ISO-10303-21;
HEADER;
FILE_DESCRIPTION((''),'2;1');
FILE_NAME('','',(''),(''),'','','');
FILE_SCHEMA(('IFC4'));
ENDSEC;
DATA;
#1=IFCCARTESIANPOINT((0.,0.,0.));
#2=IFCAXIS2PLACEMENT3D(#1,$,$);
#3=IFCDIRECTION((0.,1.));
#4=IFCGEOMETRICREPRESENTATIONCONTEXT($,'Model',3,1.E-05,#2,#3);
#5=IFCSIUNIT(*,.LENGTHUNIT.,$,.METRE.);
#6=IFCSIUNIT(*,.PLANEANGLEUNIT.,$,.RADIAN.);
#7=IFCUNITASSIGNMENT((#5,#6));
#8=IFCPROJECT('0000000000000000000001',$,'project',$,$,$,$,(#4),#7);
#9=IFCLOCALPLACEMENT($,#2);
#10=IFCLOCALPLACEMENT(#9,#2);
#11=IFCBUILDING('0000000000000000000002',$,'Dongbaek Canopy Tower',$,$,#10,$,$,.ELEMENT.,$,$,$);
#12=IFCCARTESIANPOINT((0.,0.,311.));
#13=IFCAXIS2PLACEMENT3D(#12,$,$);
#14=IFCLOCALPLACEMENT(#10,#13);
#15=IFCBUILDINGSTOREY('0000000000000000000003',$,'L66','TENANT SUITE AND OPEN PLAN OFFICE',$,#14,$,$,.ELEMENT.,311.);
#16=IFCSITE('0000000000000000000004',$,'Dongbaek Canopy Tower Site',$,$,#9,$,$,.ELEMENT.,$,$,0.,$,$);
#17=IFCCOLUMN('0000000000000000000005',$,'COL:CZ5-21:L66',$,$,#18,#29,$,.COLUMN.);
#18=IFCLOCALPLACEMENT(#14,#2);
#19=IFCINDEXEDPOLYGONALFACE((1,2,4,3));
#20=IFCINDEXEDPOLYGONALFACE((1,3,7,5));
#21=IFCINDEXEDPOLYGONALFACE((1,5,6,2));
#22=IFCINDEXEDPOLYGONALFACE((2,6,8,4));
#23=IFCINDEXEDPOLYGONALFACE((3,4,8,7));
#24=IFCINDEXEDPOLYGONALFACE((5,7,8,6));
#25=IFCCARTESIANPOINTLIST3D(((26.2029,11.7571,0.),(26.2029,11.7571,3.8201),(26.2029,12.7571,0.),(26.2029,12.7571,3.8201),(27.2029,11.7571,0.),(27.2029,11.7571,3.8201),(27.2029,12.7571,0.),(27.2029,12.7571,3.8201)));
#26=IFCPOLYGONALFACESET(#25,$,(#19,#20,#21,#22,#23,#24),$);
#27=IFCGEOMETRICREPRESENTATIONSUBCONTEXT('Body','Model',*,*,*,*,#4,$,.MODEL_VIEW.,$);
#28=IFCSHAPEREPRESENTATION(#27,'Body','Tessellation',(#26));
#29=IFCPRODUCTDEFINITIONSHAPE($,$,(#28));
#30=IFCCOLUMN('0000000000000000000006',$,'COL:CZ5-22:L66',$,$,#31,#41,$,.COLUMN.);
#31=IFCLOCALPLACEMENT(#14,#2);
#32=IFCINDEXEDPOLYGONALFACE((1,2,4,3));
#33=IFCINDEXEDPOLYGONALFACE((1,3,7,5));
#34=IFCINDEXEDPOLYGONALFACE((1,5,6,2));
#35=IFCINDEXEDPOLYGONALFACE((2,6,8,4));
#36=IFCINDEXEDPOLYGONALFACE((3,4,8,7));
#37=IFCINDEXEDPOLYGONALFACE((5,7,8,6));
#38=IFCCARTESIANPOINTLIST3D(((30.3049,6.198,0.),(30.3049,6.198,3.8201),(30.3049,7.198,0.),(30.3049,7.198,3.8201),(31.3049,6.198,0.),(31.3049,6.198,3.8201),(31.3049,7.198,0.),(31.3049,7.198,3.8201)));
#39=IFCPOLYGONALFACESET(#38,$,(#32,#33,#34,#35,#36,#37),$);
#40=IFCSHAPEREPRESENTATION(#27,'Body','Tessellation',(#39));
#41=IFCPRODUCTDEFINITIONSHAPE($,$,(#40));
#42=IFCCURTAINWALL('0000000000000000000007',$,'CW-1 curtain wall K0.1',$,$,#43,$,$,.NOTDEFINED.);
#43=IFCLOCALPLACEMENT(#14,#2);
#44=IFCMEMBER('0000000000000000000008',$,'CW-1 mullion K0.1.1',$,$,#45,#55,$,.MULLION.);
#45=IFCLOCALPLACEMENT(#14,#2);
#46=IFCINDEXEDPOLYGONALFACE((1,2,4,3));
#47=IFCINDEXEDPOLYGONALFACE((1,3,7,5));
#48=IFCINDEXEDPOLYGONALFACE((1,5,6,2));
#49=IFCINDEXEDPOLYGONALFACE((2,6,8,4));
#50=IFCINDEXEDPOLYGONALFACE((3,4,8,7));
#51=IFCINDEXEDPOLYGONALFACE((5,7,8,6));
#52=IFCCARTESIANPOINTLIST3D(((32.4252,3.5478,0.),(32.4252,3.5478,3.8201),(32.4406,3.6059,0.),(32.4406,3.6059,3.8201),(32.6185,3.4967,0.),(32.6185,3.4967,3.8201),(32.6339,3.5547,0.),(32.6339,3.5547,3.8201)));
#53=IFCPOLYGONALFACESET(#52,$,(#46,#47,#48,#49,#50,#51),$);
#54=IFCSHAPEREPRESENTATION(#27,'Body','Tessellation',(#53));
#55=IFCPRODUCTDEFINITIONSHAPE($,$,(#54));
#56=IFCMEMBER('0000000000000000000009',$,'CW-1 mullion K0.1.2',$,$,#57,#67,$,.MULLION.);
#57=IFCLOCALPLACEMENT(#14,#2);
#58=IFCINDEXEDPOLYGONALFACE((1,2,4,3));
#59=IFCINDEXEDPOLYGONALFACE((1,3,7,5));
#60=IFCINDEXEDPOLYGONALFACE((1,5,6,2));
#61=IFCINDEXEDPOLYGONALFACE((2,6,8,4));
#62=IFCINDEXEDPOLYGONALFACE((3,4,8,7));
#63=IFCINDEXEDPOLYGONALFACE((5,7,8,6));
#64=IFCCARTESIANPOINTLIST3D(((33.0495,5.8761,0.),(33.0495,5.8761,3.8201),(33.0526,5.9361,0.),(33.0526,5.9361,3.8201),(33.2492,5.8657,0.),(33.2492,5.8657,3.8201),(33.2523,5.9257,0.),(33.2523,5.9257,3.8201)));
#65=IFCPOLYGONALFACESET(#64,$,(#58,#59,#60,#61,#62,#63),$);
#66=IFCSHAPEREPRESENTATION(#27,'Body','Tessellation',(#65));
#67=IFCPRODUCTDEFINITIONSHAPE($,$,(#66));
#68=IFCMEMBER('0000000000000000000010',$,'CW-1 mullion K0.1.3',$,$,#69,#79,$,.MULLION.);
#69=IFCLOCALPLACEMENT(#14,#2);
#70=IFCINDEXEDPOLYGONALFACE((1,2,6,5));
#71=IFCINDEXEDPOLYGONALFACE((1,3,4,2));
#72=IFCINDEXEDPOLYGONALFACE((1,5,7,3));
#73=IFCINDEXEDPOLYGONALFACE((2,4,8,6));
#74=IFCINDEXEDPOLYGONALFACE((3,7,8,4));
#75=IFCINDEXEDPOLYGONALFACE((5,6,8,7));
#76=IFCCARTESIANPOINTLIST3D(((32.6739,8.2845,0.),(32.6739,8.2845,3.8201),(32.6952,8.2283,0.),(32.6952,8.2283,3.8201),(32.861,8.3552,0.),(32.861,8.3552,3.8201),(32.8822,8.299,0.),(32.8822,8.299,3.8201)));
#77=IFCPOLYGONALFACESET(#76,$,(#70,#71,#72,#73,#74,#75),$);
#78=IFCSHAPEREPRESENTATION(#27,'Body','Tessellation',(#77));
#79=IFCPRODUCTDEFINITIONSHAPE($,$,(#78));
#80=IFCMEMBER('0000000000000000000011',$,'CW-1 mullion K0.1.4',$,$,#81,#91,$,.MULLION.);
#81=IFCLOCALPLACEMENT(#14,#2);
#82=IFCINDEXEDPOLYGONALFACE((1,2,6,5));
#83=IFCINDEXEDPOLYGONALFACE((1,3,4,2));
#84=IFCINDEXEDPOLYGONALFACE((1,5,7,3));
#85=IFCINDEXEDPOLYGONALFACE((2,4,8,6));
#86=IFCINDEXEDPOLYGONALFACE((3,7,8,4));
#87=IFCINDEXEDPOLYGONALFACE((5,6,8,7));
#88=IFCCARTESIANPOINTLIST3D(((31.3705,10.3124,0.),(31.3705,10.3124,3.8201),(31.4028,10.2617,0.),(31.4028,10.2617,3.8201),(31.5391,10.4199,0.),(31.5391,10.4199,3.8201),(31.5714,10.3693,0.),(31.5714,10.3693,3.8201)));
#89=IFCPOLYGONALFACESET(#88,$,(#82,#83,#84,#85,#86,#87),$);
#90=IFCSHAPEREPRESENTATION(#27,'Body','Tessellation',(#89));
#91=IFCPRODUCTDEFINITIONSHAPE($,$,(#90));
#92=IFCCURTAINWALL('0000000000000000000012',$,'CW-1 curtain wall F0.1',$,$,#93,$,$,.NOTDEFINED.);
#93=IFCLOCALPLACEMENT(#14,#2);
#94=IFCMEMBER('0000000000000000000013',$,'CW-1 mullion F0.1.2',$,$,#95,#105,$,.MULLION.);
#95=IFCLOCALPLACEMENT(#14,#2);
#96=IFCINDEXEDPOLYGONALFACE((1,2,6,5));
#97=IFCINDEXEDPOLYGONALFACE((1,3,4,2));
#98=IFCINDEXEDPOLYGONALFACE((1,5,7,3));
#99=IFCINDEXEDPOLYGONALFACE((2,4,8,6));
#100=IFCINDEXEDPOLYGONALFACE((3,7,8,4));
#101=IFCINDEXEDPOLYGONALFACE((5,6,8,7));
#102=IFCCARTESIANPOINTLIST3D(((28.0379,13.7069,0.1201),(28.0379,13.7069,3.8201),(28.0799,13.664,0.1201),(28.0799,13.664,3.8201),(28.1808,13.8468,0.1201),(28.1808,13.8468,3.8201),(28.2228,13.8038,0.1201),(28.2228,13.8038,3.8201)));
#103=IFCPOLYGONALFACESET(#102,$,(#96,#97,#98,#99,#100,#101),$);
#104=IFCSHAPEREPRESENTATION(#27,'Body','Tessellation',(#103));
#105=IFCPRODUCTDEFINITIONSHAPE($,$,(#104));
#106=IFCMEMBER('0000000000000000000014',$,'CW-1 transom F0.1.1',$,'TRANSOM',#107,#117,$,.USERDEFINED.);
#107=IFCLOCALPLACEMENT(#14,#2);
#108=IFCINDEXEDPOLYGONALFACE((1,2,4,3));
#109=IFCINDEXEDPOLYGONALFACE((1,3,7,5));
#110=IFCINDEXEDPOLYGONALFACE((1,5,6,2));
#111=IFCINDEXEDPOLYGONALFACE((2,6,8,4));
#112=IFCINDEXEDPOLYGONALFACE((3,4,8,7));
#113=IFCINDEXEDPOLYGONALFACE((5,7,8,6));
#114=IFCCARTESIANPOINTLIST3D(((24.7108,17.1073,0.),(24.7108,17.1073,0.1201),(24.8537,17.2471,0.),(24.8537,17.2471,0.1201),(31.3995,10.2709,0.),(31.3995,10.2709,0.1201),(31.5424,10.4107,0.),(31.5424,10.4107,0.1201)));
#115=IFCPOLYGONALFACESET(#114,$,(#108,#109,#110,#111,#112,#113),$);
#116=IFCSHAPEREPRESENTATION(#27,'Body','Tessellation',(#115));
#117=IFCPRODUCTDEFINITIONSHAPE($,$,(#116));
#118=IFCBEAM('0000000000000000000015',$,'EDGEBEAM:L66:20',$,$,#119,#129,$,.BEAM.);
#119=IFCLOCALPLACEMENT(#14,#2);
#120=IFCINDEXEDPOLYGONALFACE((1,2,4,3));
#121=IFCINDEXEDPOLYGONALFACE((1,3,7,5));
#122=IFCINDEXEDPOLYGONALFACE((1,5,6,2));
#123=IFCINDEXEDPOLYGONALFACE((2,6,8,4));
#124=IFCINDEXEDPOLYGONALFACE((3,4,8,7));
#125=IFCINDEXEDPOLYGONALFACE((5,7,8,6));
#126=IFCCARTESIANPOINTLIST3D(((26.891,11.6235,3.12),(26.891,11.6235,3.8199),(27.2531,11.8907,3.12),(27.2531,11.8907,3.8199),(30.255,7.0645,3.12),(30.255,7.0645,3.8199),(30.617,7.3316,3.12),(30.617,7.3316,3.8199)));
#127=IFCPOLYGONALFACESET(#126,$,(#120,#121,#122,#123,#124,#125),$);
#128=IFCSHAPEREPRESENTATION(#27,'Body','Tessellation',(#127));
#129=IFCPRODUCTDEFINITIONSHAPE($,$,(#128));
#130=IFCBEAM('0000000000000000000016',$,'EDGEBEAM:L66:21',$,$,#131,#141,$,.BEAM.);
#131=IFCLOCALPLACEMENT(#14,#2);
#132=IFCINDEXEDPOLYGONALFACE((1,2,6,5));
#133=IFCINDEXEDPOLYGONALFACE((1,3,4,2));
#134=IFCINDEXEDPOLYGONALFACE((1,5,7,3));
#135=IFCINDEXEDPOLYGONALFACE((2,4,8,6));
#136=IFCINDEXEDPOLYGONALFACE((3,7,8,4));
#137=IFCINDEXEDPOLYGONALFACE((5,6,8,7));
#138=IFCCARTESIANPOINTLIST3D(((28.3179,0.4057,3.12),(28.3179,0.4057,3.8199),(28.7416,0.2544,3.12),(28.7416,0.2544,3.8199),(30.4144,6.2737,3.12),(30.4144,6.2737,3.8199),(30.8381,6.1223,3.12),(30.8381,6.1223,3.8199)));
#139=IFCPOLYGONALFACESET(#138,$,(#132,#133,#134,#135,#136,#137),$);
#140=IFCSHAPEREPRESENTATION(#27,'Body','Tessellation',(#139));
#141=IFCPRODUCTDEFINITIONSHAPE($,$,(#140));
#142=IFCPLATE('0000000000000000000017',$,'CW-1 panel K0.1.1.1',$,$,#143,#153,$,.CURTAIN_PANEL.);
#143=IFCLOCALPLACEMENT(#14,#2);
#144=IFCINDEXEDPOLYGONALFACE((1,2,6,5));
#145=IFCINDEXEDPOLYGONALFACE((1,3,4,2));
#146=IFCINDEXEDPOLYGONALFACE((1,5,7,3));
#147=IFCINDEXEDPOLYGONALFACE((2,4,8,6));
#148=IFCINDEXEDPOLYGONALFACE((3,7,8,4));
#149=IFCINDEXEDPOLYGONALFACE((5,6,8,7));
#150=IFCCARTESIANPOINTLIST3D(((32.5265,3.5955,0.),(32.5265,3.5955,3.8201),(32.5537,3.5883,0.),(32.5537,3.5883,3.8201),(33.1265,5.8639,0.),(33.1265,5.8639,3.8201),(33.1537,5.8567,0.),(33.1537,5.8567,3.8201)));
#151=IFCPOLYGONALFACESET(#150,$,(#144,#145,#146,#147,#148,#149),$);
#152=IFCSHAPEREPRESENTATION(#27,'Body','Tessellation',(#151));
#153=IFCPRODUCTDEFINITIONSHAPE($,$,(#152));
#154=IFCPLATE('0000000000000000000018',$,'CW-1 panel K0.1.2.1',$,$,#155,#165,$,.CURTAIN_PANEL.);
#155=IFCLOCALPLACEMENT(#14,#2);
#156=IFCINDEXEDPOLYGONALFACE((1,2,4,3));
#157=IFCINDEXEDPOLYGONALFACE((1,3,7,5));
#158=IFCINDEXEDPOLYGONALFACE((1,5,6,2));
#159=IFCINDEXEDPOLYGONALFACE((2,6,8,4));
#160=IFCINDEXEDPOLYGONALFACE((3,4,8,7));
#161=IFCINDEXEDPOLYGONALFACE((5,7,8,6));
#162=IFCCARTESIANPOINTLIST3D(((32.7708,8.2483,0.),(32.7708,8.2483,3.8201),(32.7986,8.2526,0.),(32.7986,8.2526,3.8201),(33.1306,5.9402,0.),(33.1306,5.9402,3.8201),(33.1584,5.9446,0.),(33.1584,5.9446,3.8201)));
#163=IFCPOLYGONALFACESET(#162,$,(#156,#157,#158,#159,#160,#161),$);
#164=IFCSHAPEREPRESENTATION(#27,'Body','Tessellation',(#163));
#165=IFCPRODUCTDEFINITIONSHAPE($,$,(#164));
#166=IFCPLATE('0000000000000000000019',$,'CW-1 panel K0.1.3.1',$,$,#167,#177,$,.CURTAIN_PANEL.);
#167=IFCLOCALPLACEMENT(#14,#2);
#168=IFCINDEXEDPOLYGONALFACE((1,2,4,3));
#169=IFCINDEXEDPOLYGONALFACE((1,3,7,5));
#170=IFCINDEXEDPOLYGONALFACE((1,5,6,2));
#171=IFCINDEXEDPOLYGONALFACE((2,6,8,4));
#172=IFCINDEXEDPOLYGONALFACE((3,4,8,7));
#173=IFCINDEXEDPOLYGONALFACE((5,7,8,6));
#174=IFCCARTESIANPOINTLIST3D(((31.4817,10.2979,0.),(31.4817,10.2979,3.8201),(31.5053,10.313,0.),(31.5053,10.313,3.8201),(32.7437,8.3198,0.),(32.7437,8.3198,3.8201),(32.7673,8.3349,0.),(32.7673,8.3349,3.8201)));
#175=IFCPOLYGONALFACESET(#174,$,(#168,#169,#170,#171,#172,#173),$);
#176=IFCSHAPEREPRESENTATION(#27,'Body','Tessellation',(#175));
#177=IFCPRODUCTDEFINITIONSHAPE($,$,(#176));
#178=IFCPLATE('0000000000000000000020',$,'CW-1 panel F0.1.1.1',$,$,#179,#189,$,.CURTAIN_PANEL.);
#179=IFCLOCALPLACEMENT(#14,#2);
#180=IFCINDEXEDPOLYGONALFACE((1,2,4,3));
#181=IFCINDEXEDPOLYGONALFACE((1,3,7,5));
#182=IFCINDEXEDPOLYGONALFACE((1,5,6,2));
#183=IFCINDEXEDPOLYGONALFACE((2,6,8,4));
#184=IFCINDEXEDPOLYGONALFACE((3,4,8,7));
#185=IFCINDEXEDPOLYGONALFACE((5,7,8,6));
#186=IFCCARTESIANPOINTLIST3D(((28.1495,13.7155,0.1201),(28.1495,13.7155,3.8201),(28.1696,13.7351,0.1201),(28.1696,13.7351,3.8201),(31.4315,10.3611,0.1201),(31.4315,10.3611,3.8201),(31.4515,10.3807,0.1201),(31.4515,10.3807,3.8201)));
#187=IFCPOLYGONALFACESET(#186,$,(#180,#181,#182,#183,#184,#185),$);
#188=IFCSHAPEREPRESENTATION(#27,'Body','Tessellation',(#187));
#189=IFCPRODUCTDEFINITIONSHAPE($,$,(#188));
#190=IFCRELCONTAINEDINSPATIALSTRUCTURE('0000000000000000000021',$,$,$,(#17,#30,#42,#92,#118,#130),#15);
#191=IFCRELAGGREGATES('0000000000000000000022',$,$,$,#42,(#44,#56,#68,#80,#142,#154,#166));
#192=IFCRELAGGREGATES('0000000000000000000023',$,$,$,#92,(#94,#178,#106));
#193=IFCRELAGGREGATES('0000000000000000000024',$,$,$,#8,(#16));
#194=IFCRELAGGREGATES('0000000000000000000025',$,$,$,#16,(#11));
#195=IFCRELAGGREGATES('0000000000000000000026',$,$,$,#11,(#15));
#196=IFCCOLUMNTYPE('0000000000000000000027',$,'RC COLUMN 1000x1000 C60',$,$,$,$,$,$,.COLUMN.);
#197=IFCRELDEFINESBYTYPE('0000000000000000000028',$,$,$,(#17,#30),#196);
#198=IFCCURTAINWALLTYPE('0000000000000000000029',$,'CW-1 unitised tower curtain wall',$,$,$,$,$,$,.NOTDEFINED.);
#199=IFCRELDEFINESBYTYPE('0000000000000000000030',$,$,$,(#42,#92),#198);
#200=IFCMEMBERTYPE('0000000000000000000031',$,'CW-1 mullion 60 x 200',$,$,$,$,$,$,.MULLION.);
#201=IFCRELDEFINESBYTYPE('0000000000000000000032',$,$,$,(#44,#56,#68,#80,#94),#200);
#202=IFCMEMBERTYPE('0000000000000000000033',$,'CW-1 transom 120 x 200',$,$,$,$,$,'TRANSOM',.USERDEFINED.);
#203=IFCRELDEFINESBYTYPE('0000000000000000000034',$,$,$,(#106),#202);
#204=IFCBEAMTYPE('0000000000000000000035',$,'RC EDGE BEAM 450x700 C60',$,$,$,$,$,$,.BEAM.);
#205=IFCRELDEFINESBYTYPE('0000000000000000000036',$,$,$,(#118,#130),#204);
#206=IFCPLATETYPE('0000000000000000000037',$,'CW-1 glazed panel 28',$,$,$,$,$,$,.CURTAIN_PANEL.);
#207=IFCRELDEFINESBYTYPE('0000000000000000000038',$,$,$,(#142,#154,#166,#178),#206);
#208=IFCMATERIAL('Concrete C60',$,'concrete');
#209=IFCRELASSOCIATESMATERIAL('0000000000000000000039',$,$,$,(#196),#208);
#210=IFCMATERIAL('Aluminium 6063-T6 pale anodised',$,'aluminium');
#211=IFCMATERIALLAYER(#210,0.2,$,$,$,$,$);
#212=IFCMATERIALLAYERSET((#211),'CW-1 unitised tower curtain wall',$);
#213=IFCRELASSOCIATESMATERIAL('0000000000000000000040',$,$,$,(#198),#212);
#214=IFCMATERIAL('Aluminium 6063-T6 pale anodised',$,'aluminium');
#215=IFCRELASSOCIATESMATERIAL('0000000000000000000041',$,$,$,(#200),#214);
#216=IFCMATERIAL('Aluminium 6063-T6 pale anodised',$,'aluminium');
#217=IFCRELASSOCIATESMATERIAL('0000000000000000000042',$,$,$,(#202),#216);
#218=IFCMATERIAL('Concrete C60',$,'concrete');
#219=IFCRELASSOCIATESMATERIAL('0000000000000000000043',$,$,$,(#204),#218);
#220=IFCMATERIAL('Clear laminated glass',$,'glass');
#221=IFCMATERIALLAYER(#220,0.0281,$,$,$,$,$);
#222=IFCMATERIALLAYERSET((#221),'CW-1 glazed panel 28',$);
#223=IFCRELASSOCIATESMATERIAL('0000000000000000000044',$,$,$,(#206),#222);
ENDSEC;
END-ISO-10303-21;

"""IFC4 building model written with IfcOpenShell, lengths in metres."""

from ifc_helpers import new_model, si_unit, direction, frame, origin, origin_2d, place, context, subcontext, project, spatial, rectangle, extrude, material, layer, layer_set, material_profile, profile_set, type_object, element, aggregate, save


model = new_model("IFC4")

# Units and contexts
model_context = context("Model", 3, precision=1e-05, world=origin(), true_north=direction((0.0, 1.0)))
body_context = subcontext(model_context, "Body", "Model", "MODEL_VIEW")
ifc_project = project(units=[si_unit("LENGTHUNIT", "METRE"), si_unit("PLANEANGLEUNIT", "RADIAN")], contexts=[model_context])

# Site, building, storey
site_placement = place(None, origin())
site = spatial("IfcSite", under=ifc_project, at=site_placement, Name="Dongbaek Canopy Tower Site", CompositionType="ELEMENT", RefElevation=0.0)
building_placement = place(site_placement, origin())
building = spatial("IfcBuilding", under=site, at=building_placement, Name="Dongbaek Canopy Tower", CompositionType="ELEMENT")
storey_placement = place(building_placement, frame((0.0, 0.0, 311.0)))
storey = spatial("IfcBuildingStorey", under=building, at=storey_placement, Name="L66", Description="TENANT SUITE AND OPEN PLAN OFFICE", CompositionType="ELEMENT", Elevation=311.0)

# Columns
ifc_material_1 = material(Name="Concrete C60", Category="concrete")
ifc_material_profile_1 = material_profile(ifc_material_1, rectangle(XDim=1.0, YDim=1.0, at=origin_2d()), Name="RC COLUMN 1000x1000 C60")
ifc_profile_set_1 = profile_set([ifc_material_profile_1], Name="Concrete C60")
column_type = type_object("IfcColumnType", Name="RC COLUMN 1000x1000 C60", PredefinedType="COLUMN", material=ifc_profile_set_1)
for number, where, z_axis, x_axis, name in (
    (1, (26.7029, 12.2571, 0.0), (0.0, 0.0, 1.0), (1.0, 0.0, 0.0), "COL:CZ5-21:L66"),
    (2, (30.8049, 6.698, 0.0), (0.0, 0.0, 1.0), (1.0, 0.0, 0.0), "COL:CZ5-22:L66"),
):
    element("IfcColumn", number, at=place(storey_placement, frame(where, z_axis=z_axis, x_axis=x_axis)), inside=storey, type_object=column_type, Name=name, PredefinedType="COLUMN", context=body_context, shape_type="SweptSolid", body=[
        extrude(rectangle(XDim=1.0, YDim=1.0, at=origin_2d()), origin(), (0.0, 0.0, 1.0), 3.8201),
    ])

# Curtain walls, members
ifc_material_2 = material(Name="Aluminium 6063-T6 pale anodised", Category="aluminium")
ifc_layer_1 = layer(ifc_material_2, 0.2)
ifc_layer_set_1 = layer_set([ifc_layer_1], Name="CW-1 unitised tower curtain wall")
curtain_wall_type = type_object("IfcCurtainWallType", Name="CW-1 unitised tower curtain wall", PredefinedType="NOTDEFINED", material=ifc_layer_set_1)
curtain_wall_1_placement = place(storey_placement, origin())
curtain_wall_1 = element("IfcCurtainWall", 3, at=curtain_wall_1_placement, inside=storey, type_object=curtain_wall_type, Name="CW-1 curtain wall K0.1", PredefinedType="NOTDEFINED")
ifc_material_3 = material(Name="Aluminium 6063-T6 pale anodised", Category="aluminium")
ifc_material_profile_2 = material_profile(ifc_material_3, rectangle(XDim=0.2, YDim=0.0601, at=origin_2d()), Name="CW-1 mullion 60 x 200")
ifc_profile_set_2 = profile_set([ifc_material_profile_2], Name="Aluminium 6063-T6 pale anodised")
member_type_1 = type_object("IfcMemberType", Name="CW-1 mullion 60 x 200", PredefinedType="MULLION", material=ifc_profile_set_2)
member_1_placement = place(storey_placement, frame((32.5295, 3.5513, 0.0), z_axis=(0.0, 0.0, 1.0), x_axis=(0.966753, -0.255711, 0.0)))
member_1 = element("IfcMember", 4, at=member_1_placement, type_object=member_type_1, Name="CW-1 mullion K0.1.1", PredefinedType="MULLION", context=body_context, shape_type="SweptSolid", body=[
    extrude(rectangle(XDim=0.2, YDim=0.0601, at=origin_2d()), origin(), (0.0, 0.0, 1.0), 3.8201),
])
member_2_placement = place(storey_placement, frame((33.1509, 5.9009, 0.0), z_axis=(0.0, 0.0, 1.0), x_axis=(0.99865, -0.051945, 0.0)))
member_2 = element("IfcMember", 5, at=member_2_placement, type_object=member_type_1, Name="CW-1 mullion K0.1.2", PredefinedType="MULLION", context=body_context, shape_type="SweptSolid", body=[
    extrude(rectangle(XDim=0.2, YDim=0.0601, at=origin_2d()), origin(), (0.0, 0.0, 1.0), 3.8201),
])
member_3_placement = place(storey_placement, frame((32.7781, 8.2917, 0.0), z_axis=(0.0, 0.0, 1.0), x_axis=(0.935453, 0.353452, 0.0)))
member_3 = element("IfcMember", 6, at=member_3_placement, type_object=member_type_1, Name="CW-1 mullion K0.1.3", PredefinedType="MULLION", context=body_context, shape_type="SweptSolid", body=[
    extrude(rectangle(XDim=0.2, YDim=0.0601, at=origin_2d()), origin(), (0.0, 0.0, 1.0), 3.8201),
])
member_4_placement = place(storey_placement, frame((31.4709, 10.3408, 0.0), z_axis=(0.0, 0.0, 1.0), x_axis=(0.843047, 0.53784, 0.0)))
member_4 = element("IfcMember", 7, at=member_4_placement, type_object=member_type_1, Name="CW-1 mullion K0.1.4", PredefinedType="MULLION", context=body_context, shape_type="SweptSolid", body=[
    extrude(rectangle(XDim=0.2, YDim=0.0601, at=origin_2d()), origin(), (0.0, 0.0, 1.0), 3.8201),
])
curtain_wall_2_placement = place(storey_placement, origin())
curtain_wall_2 = element("IfcCurtainWall", 8, at=curtain_wall_2_placement, inside=storey, type_object=curtain_wall_type, Name="CW-1 curtain wall F0.1", PredefinedType="NOTDEFINED")
member_5_placement = place(storey_placement, frame((28.1304, 13.7554, 0.1201), z_axis=(0.0, 0.0, 1.0), x_axis=(0.71478, 0.699349, 0.0)))
member_5 = element("IfcMember", 9, at=member_5_placement, type_object=member_type_1, Name="CW-1 mullion F0.1.2", PredefinedType="MULLION", context=body_context, shape_type="SweptSolid", body=[
    extrude(rectangle(XDim=0.2, YDim=0.0601, at=origin_2d()), origin(), (0.0, 0.0, 1.0), 3.7),
])
ifc_material_4 = material(Name="Aluminium 6063-T6 pale anodised", Category="aluminium")
ifc_material_profile_3 = material_profile(ifc_material_4, rectangle(XDim=0.2, YDim=0.1201, at=origin_2d()), Name="CW-1 transom 120 x 200")
ifc_profile_set_3 = profile_set([ifc_material_profile_3], Name="Aluminium 6063-T6 pale anodised")
member_type_2 = type_object("IfcMemberType", Name="CW-1 transom 120 x 200", ElementType="TRANSOM", PredefinedType="USERDEFINED", material=ifc_profile_set_3)
member_6_placement = place(storey_placement, frame((31.4709, 10.3408, 0.0601), z_axis=(-0.699343, 0.714786, 0.0), x_axis=(-0.714786, -0.699343, 0.0)))
member_6 = element("IfcMember", 10, at=member_6_placement, type_object=member_type_2, Name="CW-1 transom F0.1.1", ObjectType="TRANSOM", PredefinedType="USERDEFINED", context=body_context, shape_type="SweptSolid", body=[
    extrude(rectangle(XDim=0.2, YDim=0.1201, at=origin_2d()), origin(), (0.0, 0.0, 1.0), 9.5642),
])

# Beams
ifc_material_5 = material(Name="Concrete C60", Category="concrete")
ifc_material_profile_4 = material_profile(ifc_material_5, rectangle(XDim=0.45, YDim=0.7, at=origin_2d()), Name="RC EDGE BEAM 450x700 C60")
ifc_profile_set_4 = profile_set([ifc_material_profile_4], Name="Concrete C60")
beam_type = type_object("IfcBeamType", Name="RC EDGE BEAM 450x700 C60", PredefinedType="BEAM", material=ifc_profile_set_4)
beam_1_placement = place(storey_placement, frame((27.072, 11.7571, 3.47), z_axis=(0.593735, -0.80466, 0.0), x_axis=(0.80466, 0.593735, 0.0)))
element("IfcBeam", 11, at=beam_1_placement, inside=storey, type_object=beam_type, Name="EDGEBEAM:L66:20", PredefinedType="BEAM", context=body_context, shape_type="SweptSolid", body=[
    extrude(rectangle(XDim=0.45, YDim=0.7, at=origin_2d()), origin(), (0.0, 0.0, 1.0), 5.6658),
])
beam_2_placement = place(storey_placement, frame((30.6262, 6.198, 3.47), z_axis=(-0.336443, -0.941704, 0.0), x_axis=(0.941704, -0.336443, 0.0)))
element("IfcBeam", 12, at=beam_2_placement, inside=storey, type_object=beam_type, Name="EDGEBEAM:L66:21", PredefinedType="BEAM", context=body_context, shape_type="SweptSolid", body=[
    extrude(rectangle(XDim=0.45, YDim=0.7, at=origin_2d()), origin(), (0.0, 0.0, 1.0), 6.2312),
])

# Plates
ifc_material_6 = material(Name="Clear laminated glass", Category="glass")
ifc_layer_2 = layer(ifc_material_6, 0.0281)
ifc_layer_set_2 = layer_set([ifc_layer_2], Name="CW-1 glazed panel 28")
plate_type = type_object("IfcPlateType", Name="CW-1 glazed panel 28", PredefinedType="CURTAIN_PANEL", material=ifc_layer_set_2)
plate_1_placement = place(storey_placement, frame((32.8401, 4.7261, 0.0), z_axis=(0.0, 0.0, 1.0), x_axis=(0.255711, 0.966753, 0.0)))
plate_1 = element("IfcPlate", 13, at=plate_1_placement, type_object=plate_type, Name="CW-1 panel K0.1.1.1", PredefinedType="CURTAIN_PANEL", context=body_context, shape_type="SweptSolid", body=[
    extrude(rectangle(XDim=2.3464, YDim=0.0281, at=origin_2d()), origin(), (0.0, 0.0, 1.0), 3.8201),
])
plate_2_placement = place(storey_placement, frame((32.9646, 7.0964, 0.0), z_axis=(0.0, 0.0, 1.0), x_axis=(-0.154029, 0.988066, 0.0)))
plate_2 = element("IfcPlate", 14, at=plate_2_placement, type_object=plate_type, Name="CW-1 panel K0.1.2.1", PredefinedType="CURTAIN_PANEL", context=body_context, shape_type="SweptSolid", body=[
    extrude(rectangle(XDim=2.3359, YDim=0.0281, at=origin_2d()), origin(), (0.0, 0.0, 1.0), 3.8201),
])
plate_3_placement = place(storey_placement, frame((32.1245, 9.3164, 0.0), z_axis=(0.0, 0.0, 1.0), x_axis=(-0.53784, 0.843047, 0.0)))
plate_3 = element("IfcPlate", 15, at=plate_3_placement, type_object=plate_type, Name="CW-1 panel K0.1.3.1", PredefinedType="CURTAIN_PANEL", context=body_context, shape_type="SweptSolid", body=[
    extrude(rectangle(XDim=2.3464, YDim=0.0281, at=origin_2d()), origin(), (0.0, 0.0, 1.0), 3.8201),
])
plate_4_placement = place(storey_placement, frame((29.8005, 12.0481, 0.1201), z_axis=(0.0, 0.0, 1.0), x_axis=(-0.699349, 0.71478, 0.0)))
plate_4 = element("IfcPlate", 16, at=plate_4_placement, type_object=plate_type, Name="CW-1 panel F0.1.1.1", PredefinedType="CURTAIN_PANEL", context=body_context, shape_type="SweptSolid", body=[
    extrude(rectangle(XDim=4.6929, YDim=0.0281, at=origin_2d()), origin(), (0.0, 0.0, 1.0), 3.7),
])

aggregate(curtain_wall_1, [member_1, member_2, member_3, member_4, plate_1, plate_2, plate_3])
aggregate(curtain_wall_2, [member_5, plate_4, member_6])

save(model, "model.ifc")
